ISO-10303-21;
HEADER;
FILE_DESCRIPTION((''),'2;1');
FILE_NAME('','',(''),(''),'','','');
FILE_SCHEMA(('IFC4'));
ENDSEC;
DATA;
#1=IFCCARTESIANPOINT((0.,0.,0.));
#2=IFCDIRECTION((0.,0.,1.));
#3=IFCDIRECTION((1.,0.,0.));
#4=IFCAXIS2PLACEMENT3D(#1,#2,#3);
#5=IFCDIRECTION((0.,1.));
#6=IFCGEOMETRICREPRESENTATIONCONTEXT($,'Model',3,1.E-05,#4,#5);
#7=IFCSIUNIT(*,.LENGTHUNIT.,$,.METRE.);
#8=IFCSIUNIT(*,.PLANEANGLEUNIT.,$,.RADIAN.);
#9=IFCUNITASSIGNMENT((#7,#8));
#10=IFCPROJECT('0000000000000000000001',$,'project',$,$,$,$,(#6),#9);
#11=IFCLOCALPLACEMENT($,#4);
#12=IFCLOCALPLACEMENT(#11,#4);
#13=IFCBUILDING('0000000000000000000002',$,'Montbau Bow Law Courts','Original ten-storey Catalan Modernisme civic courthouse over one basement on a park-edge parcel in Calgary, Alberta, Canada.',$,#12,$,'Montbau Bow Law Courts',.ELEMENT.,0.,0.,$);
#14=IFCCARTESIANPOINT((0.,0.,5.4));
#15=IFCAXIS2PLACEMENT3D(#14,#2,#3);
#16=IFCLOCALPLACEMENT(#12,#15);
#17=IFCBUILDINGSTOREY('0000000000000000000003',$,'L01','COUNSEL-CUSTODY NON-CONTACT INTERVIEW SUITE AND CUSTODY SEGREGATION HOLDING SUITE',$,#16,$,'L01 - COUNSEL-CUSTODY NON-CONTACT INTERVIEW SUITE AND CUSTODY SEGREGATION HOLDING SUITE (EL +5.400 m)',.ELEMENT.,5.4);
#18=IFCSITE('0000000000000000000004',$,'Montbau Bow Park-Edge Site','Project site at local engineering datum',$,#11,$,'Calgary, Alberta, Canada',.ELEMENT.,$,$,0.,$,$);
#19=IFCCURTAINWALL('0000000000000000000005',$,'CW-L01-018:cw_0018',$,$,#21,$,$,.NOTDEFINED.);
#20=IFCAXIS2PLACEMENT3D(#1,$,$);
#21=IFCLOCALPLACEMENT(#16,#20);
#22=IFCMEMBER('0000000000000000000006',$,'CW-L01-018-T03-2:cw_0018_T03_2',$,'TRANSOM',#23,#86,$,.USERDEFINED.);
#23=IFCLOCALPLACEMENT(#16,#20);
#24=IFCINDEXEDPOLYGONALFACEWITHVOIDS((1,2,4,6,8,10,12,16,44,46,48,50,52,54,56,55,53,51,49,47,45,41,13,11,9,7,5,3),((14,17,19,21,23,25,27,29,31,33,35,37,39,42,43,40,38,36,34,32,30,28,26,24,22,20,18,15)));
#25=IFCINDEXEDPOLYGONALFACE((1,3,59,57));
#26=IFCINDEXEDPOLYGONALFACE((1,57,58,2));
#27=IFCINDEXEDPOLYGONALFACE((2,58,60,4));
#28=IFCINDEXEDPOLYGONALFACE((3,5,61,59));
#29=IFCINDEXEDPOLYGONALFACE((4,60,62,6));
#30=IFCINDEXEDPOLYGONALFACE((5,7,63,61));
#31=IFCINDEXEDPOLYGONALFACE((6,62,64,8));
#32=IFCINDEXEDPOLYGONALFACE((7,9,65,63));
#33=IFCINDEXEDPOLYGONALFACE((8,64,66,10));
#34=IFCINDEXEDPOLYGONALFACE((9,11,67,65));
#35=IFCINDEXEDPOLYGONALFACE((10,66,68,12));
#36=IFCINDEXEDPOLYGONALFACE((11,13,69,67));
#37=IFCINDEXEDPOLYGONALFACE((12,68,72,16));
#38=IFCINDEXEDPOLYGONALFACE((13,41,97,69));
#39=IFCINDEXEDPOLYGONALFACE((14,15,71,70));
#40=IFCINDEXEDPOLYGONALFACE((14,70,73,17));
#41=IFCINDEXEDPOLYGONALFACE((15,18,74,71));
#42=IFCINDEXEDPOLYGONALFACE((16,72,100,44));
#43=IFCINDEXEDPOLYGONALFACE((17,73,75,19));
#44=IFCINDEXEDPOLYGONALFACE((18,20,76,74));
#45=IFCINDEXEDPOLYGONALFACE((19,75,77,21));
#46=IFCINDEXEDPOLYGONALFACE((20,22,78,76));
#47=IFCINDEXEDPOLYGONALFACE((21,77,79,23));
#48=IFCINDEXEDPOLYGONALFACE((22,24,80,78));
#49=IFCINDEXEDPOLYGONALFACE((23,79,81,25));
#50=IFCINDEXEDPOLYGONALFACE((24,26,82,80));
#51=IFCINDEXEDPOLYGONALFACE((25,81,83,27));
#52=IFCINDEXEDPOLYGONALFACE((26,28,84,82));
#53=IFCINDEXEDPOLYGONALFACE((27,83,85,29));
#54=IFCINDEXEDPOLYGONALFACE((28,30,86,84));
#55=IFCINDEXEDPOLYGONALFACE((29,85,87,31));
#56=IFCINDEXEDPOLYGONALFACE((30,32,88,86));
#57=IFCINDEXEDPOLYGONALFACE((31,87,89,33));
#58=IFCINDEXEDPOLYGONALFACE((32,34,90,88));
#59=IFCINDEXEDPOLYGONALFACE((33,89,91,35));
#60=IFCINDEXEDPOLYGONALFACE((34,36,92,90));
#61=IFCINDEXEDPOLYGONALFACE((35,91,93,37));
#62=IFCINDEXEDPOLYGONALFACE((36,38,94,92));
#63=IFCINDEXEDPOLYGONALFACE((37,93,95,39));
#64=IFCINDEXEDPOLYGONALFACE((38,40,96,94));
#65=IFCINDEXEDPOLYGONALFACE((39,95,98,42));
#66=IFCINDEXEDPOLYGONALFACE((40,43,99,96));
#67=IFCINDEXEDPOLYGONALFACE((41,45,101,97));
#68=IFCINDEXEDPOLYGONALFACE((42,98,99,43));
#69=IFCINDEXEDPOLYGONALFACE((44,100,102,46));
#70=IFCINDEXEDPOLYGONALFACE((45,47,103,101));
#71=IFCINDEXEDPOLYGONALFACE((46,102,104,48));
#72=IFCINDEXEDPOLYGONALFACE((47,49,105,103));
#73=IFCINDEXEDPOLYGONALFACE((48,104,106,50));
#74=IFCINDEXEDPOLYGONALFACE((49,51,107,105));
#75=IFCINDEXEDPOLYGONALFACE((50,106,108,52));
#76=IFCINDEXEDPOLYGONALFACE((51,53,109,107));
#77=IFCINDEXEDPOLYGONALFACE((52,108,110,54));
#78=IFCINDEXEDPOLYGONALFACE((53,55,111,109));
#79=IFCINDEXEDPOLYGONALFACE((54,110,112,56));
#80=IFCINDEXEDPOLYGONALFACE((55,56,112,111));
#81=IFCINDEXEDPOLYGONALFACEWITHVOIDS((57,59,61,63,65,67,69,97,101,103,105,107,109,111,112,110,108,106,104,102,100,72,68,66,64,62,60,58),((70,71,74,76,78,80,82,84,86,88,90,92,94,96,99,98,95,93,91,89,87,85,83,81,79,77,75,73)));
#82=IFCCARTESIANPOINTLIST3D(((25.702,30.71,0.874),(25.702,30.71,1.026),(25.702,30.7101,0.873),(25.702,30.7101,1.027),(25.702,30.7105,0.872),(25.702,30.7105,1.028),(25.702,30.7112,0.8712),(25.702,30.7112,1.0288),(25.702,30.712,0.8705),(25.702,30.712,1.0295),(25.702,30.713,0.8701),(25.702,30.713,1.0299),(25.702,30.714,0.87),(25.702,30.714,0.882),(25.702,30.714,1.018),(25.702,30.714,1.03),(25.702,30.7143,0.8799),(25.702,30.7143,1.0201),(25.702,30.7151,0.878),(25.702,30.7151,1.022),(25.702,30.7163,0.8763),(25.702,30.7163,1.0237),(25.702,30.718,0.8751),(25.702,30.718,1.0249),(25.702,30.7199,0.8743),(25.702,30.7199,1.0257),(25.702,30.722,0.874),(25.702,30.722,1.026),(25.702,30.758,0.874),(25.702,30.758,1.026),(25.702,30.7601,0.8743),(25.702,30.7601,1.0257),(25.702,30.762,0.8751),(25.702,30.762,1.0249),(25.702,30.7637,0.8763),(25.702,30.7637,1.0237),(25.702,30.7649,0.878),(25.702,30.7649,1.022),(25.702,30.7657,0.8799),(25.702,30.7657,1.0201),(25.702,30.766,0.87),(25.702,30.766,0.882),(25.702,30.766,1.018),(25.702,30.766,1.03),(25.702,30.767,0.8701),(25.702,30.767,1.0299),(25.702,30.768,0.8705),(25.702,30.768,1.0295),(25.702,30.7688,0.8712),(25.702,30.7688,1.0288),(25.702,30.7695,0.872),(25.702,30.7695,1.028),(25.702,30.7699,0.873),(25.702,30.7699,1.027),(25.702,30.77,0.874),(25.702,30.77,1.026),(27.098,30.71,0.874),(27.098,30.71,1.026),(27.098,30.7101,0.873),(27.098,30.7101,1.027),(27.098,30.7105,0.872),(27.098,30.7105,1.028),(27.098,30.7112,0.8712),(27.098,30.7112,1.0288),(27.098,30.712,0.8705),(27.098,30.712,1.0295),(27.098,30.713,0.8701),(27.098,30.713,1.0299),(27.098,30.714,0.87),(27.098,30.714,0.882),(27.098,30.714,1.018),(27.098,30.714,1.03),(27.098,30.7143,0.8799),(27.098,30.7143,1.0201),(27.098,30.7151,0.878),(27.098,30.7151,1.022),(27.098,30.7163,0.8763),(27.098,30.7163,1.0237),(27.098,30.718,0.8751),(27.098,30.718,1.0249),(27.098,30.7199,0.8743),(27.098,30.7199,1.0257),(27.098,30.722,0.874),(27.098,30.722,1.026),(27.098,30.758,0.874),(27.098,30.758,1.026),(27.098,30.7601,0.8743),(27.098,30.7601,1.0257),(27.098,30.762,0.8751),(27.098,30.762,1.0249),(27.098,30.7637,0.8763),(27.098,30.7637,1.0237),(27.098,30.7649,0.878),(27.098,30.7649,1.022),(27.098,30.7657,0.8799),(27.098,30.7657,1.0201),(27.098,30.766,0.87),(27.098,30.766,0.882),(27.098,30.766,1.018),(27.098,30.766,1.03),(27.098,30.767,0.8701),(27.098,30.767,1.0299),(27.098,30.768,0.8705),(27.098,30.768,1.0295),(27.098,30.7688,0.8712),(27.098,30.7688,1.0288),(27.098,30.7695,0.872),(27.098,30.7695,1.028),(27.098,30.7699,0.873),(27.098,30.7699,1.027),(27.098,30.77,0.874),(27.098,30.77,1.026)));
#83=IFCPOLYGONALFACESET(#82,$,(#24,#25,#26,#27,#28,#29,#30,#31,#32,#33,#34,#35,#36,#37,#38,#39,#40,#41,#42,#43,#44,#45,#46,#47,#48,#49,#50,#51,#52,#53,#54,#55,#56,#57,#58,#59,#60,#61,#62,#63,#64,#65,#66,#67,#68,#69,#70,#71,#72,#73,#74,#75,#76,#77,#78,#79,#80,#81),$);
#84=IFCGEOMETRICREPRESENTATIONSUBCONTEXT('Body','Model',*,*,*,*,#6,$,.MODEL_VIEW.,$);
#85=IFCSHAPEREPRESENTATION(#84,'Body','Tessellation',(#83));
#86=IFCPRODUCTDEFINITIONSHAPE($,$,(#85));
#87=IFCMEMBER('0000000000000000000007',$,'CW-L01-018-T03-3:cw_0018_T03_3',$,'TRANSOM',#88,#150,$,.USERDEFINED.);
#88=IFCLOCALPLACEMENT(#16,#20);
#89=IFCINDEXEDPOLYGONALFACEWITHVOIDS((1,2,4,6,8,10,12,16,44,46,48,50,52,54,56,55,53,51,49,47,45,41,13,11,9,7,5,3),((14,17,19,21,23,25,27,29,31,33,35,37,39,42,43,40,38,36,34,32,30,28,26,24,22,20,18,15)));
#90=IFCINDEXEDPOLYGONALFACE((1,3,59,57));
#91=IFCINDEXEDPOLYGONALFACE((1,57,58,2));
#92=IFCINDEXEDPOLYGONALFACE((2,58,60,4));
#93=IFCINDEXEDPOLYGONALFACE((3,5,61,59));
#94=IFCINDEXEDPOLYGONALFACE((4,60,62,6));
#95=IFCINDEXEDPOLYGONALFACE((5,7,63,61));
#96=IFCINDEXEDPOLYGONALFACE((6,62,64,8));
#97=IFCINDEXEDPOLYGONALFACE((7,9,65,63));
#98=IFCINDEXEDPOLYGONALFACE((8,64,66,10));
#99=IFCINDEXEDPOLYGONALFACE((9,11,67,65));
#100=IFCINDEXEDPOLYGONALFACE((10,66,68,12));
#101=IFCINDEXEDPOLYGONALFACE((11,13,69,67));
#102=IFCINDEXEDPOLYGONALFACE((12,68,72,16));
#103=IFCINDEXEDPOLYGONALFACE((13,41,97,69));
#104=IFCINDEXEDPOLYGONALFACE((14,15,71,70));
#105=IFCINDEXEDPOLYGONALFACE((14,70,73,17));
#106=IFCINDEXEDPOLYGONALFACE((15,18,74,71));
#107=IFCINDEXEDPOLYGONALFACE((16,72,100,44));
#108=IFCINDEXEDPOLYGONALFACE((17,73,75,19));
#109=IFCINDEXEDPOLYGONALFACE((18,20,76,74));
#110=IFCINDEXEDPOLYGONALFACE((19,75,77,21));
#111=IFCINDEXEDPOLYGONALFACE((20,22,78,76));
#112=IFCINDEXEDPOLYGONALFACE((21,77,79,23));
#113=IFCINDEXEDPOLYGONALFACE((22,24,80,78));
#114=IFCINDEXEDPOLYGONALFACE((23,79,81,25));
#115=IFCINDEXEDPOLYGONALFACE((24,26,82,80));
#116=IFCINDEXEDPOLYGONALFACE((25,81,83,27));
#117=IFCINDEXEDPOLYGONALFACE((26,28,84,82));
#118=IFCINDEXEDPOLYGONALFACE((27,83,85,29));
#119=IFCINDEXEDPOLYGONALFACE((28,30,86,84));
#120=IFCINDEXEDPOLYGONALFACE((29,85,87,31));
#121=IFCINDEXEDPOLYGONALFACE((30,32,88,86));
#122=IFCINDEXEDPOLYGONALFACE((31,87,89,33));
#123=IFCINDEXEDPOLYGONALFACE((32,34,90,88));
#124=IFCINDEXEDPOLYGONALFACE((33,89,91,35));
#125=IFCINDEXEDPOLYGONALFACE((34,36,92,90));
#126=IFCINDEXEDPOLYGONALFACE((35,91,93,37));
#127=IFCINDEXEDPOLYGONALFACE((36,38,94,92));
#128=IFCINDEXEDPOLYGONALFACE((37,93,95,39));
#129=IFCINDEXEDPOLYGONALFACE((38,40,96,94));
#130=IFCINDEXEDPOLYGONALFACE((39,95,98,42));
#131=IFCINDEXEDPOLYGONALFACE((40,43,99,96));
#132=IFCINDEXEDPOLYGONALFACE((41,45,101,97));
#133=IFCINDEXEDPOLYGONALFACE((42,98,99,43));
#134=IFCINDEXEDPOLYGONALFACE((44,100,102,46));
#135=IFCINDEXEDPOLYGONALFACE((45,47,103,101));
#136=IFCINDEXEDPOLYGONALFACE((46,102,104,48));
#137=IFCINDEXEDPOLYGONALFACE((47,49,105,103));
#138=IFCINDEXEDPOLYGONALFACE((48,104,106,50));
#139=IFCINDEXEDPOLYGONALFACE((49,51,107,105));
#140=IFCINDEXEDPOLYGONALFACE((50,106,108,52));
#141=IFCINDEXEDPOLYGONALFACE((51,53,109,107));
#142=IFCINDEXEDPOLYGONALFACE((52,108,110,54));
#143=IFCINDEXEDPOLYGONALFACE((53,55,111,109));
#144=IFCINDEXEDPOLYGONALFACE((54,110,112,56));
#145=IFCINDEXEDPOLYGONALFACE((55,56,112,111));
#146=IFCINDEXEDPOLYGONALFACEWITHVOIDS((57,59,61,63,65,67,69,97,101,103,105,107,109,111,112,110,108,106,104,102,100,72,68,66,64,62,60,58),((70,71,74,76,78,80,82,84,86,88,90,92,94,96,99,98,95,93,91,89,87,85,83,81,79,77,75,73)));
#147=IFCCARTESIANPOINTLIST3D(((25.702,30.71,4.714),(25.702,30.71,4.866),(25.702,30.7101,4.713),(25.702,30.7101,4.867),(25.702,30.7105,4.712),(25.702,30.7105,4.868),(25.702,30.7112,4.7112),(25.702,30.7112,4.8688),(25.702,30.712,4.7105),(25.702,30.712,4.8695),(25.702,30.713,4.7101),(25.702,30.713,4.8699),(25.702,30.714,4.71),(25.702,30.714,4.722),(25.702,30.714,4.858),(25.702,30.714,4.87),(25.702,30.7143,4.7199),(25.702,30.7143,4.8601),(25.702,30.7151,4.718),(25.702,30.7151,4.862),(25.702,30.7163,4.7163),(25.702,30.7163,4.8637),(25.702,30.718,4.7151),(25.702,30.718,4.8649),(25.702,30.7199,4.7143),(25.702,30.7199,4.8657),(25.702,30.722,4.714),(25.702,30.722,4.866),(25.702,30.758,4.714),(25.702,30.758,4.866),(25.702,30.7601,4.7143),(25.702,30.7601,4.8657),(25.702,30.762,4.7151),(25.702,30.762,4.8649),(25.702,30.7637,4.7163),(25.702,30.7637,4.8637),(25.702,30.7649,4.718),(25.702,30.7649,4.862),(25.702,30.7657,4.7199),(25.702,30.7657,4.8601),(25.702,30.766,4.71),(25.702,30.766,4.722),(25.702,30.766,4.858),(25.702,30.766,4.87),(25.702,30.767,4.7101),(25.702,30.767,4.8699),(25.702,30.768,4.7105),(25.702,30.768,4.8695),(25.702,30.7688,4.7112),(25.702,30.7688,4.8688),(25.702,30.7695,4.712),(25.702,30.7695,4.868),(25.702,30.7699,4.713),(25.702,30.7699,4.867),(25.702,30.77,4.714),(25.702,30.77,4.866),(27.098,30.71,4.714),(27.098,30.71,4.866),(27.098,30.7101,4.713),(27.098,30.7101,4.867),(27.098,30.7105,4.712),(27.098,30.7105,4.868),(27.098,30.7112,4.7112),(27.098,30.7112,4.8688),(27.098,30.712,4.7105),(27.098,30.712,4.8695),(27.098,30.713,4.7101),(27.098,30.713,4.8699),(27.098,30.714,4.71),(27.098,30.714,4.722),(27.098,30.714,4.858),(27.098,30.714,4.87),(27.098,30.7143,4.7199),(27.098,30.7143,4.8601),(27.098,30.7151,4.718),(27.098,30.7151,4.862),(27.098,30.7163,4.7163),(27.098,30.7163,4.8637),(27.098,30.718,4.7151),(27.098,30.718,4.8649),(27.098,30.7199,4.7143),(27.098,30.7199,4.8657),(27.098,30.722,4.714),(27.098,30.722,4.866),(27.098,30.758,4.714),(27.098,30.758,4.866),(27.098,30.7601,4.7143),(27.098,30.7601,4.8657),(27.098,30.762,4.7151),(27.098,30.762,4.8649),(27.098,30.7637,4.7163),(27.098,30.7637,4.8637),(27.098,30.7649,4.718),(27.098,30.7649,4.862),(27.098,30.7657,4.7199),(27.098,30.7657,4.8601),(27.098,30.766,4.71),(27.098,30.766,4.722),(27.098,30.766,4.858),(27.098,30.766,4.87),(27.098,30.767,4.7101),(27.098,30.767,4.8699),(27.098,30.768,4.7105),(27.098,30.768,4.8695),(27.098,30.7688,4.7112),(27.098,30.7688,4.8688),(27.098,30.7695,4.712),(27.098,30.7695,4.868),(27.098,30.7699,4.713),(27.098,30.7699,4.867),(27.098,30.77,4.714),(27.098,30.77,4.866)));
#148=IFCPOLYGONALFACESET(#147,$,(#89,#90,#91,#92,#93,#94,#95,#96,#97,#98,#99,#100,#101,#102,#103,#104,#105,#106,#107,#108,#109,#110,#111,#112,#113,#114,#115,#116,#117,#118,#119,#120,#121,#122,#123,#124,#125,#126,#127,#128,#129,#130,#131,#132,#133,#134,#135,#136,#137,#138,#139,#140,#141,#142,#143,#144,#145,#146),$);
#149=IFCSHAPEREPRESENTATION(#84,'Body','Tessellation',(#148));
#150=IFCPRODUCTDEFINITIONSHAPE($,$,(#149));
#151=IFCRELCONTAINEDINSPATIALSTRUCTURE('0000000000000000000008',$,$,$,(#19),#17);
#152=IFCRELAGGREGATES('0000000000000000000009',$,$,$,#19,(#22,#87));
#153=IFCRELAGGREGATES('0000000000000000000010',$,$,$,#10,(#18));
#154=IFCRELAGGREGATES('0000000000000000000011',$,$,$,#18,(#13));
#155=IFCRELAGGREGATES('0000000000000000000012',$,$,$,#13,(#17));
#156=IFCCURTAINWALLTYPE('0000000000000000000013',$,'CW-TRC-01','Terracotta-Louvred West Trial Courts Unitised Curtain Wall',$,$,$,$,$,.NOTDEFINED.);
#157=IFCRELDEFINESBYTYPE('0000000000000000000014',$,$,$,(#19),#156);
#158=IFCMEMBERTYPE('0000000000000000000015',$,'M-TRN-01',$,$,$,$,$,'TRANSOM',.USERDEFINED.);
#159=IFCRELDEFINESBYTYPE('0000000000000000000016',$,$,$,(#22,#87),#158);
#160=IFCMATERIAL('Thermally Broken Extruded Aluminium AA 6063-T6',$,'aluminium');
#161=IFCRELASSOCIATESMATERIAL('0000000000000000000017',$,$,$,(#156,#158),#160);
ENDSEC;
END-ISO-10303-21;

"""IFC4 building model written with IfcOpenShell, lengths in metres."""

from ifc_helpers import new_model, si_unit, direction, frame, origin_with_axes, origin_2d_with_axis, place, context, subcontext, project, spatial, hollow_rectangle, extrude, material, material_profile, profile_set, type_object, element, aggregate, save


model = new_model("IFC4")

# Units and contexts
model_context = context("Model", 3, precision=1e-05, world=origin_with_axes(), true_north=direction((0.0, 1.0)))
body_context = subcontext(model_context, "Body", "Model", "MODEL_VIEW")
ifc_project = project(units=[si_unit("LENGTHUNIT", "METRE"), si_unit("PLANEANGLEUNIT", "RADIAN")], contexts=[model_context])

# Site, building, storey
site_placement = place(None, origin_with_axes())
site = spatial("IfcSite", under=ifc_project, at=site_placement, Name="Montbau Bow Park-Edge Site", Description="Project site at local engineering datum", LongName="Calgary, Alberta, Canada", CompositionType="ELEMENT", RefElevation=0.0)
building_placement = place(site_placement, origin_with_axes())
building = spatial("IfcBuilding", under=site, at=building_placement, Name="Montbau Bow Law Courts", Description="Original ten-storey Catalan Modernisme civic courthouse over one basement on a park-edge parcel in Calgary, Alberta, Canada.", LongName="Montbau Bow Law Courts", CompositionType="ELEMENT", ElevationOfRefHeight=0.0, ElevationOfTerrain=0.0)
storey_placement = place(building_placement, frame((0.0, 0.0, 5.4), z_axis=(0.0, 0.0, 1.0), x_axis=(1.0, 0.0, 0.0)))
storey = spatial("IfcBuildingStorey", under=building, at=storey_placement, Name="L01", Description="COUNSEL-CUSTODY NON-CONTACT INTERVIEW SUITE AND CUSTODY SEGREGATION HOLDING SUITE", LongName="L01 - COUNSEL-CUSTODY NON-CONTACT INTERVIEW SUITE AND CUSTODY SEGREGATION HOLDING SUITE (EL +5.400 m)", CompositionType="ELEMENT", Elevation=5.4)

# Curtain wall
ifc_material_1 = material(Name="Thermally Broken Extruded Aluminium AA 6063-T6", Category="aluminium")
curtain_wall_type = type_object("IfcCurtainWallType", Name="CW-TRC-01", Description="Terracotta-Louvred West Trial Courts Unitised Curtain Wall", PredefinedType="NOTDEFINED", material=ifc_material_1)
curtain_wall_1_placement = place(None, frame((22.715, 30.74, 5.4), z_axis=(0.0, 0.0, 1.0), x_axis=(1.0, 0.0, 0.0)))
curtain_wall_1 = element("IfcCurtainWall", 1, at=curtain_wall_1_placement, inside=storey, type_object=curtain_wall_type, Name="CW-L01-018:cw_0018", PredefinedType="NOTDEFINED")

# Members
ifc_material_profile_1 = material_profile(ifc_material_1, hollow_rectangle(XDim=0.06, YDim=0.16, WallThickness=0.004, InnerFilletRadius=0.008, OuterFilletRadius=0.004, at=origin_2d_with_axis()), Name="CWT-160X60", Category="Main", Priority=0)
ifc_profile_set_1 = profile_set([ifc_material_profile_1], Name="Thermally Broken Extruded Aluminium AA 6063-T6")
member_type_1 = type_object("IfcMemberType", Name="M-TRN-01", ElementType="TRANSOM", PredefinedType="USERDEFINED", material=ifc_profile_set_1)
member_1_placement = place(None, frame((25.702, 30.74, 6.35), z_axis=(1.0, 0.0, 0.0), x_axis=(0.0, 1.0, 0.0)))
member_1 = element("IfcMember", 2, at=member_1_placement, type_object=member_type_1, Name="CW-L01-018-T03-2:cw_0018_T03_2", ObjectType="TRANSOM", PredefinedType="USERDEFINED", context=body_context, shape_type="SweptSolid", body=[
    extrude(hollow_rectangle(XDim=0.06, YDim=0.16, WallThickness=0.004, InnerFilletRadius=0.008, OuterFilletRadius=0.004, at=origin_2d_with_axis()), origin_with_axes(), (0.0, 0.0, 1.0), 1.396),
])
member_2_placement = place(None, frame((25.702, 30.74, 10.19), z_axis=(1.0, 0.0, 0.0), x_axis=(0.0, 1.0, 0.0)))
member_2 = element("IfcMember", 3, at=member_2_placement, type_object=member_type_1, Name="CW-L01-018-T03-3:cw_0018_T03_3", ObjectType="TRANSOM", PredefinedType="USERDEFINED", context=body_context, shape_type="SweptSolid", body=[
    extrude(hollow_rectangle(XDim=0.06, YDim=0.16, WallThickness=0.004, InnerFilletRadius=0.008, OuterFilletRadius=0.004, at=origin_2d_with_axis()), origin_with_axes(), (0.0, 0.0, 1.0), 1.396),
])

aggregate(curtain_wall_1, [member_1, member_2])

save(model, "model.ifc")
